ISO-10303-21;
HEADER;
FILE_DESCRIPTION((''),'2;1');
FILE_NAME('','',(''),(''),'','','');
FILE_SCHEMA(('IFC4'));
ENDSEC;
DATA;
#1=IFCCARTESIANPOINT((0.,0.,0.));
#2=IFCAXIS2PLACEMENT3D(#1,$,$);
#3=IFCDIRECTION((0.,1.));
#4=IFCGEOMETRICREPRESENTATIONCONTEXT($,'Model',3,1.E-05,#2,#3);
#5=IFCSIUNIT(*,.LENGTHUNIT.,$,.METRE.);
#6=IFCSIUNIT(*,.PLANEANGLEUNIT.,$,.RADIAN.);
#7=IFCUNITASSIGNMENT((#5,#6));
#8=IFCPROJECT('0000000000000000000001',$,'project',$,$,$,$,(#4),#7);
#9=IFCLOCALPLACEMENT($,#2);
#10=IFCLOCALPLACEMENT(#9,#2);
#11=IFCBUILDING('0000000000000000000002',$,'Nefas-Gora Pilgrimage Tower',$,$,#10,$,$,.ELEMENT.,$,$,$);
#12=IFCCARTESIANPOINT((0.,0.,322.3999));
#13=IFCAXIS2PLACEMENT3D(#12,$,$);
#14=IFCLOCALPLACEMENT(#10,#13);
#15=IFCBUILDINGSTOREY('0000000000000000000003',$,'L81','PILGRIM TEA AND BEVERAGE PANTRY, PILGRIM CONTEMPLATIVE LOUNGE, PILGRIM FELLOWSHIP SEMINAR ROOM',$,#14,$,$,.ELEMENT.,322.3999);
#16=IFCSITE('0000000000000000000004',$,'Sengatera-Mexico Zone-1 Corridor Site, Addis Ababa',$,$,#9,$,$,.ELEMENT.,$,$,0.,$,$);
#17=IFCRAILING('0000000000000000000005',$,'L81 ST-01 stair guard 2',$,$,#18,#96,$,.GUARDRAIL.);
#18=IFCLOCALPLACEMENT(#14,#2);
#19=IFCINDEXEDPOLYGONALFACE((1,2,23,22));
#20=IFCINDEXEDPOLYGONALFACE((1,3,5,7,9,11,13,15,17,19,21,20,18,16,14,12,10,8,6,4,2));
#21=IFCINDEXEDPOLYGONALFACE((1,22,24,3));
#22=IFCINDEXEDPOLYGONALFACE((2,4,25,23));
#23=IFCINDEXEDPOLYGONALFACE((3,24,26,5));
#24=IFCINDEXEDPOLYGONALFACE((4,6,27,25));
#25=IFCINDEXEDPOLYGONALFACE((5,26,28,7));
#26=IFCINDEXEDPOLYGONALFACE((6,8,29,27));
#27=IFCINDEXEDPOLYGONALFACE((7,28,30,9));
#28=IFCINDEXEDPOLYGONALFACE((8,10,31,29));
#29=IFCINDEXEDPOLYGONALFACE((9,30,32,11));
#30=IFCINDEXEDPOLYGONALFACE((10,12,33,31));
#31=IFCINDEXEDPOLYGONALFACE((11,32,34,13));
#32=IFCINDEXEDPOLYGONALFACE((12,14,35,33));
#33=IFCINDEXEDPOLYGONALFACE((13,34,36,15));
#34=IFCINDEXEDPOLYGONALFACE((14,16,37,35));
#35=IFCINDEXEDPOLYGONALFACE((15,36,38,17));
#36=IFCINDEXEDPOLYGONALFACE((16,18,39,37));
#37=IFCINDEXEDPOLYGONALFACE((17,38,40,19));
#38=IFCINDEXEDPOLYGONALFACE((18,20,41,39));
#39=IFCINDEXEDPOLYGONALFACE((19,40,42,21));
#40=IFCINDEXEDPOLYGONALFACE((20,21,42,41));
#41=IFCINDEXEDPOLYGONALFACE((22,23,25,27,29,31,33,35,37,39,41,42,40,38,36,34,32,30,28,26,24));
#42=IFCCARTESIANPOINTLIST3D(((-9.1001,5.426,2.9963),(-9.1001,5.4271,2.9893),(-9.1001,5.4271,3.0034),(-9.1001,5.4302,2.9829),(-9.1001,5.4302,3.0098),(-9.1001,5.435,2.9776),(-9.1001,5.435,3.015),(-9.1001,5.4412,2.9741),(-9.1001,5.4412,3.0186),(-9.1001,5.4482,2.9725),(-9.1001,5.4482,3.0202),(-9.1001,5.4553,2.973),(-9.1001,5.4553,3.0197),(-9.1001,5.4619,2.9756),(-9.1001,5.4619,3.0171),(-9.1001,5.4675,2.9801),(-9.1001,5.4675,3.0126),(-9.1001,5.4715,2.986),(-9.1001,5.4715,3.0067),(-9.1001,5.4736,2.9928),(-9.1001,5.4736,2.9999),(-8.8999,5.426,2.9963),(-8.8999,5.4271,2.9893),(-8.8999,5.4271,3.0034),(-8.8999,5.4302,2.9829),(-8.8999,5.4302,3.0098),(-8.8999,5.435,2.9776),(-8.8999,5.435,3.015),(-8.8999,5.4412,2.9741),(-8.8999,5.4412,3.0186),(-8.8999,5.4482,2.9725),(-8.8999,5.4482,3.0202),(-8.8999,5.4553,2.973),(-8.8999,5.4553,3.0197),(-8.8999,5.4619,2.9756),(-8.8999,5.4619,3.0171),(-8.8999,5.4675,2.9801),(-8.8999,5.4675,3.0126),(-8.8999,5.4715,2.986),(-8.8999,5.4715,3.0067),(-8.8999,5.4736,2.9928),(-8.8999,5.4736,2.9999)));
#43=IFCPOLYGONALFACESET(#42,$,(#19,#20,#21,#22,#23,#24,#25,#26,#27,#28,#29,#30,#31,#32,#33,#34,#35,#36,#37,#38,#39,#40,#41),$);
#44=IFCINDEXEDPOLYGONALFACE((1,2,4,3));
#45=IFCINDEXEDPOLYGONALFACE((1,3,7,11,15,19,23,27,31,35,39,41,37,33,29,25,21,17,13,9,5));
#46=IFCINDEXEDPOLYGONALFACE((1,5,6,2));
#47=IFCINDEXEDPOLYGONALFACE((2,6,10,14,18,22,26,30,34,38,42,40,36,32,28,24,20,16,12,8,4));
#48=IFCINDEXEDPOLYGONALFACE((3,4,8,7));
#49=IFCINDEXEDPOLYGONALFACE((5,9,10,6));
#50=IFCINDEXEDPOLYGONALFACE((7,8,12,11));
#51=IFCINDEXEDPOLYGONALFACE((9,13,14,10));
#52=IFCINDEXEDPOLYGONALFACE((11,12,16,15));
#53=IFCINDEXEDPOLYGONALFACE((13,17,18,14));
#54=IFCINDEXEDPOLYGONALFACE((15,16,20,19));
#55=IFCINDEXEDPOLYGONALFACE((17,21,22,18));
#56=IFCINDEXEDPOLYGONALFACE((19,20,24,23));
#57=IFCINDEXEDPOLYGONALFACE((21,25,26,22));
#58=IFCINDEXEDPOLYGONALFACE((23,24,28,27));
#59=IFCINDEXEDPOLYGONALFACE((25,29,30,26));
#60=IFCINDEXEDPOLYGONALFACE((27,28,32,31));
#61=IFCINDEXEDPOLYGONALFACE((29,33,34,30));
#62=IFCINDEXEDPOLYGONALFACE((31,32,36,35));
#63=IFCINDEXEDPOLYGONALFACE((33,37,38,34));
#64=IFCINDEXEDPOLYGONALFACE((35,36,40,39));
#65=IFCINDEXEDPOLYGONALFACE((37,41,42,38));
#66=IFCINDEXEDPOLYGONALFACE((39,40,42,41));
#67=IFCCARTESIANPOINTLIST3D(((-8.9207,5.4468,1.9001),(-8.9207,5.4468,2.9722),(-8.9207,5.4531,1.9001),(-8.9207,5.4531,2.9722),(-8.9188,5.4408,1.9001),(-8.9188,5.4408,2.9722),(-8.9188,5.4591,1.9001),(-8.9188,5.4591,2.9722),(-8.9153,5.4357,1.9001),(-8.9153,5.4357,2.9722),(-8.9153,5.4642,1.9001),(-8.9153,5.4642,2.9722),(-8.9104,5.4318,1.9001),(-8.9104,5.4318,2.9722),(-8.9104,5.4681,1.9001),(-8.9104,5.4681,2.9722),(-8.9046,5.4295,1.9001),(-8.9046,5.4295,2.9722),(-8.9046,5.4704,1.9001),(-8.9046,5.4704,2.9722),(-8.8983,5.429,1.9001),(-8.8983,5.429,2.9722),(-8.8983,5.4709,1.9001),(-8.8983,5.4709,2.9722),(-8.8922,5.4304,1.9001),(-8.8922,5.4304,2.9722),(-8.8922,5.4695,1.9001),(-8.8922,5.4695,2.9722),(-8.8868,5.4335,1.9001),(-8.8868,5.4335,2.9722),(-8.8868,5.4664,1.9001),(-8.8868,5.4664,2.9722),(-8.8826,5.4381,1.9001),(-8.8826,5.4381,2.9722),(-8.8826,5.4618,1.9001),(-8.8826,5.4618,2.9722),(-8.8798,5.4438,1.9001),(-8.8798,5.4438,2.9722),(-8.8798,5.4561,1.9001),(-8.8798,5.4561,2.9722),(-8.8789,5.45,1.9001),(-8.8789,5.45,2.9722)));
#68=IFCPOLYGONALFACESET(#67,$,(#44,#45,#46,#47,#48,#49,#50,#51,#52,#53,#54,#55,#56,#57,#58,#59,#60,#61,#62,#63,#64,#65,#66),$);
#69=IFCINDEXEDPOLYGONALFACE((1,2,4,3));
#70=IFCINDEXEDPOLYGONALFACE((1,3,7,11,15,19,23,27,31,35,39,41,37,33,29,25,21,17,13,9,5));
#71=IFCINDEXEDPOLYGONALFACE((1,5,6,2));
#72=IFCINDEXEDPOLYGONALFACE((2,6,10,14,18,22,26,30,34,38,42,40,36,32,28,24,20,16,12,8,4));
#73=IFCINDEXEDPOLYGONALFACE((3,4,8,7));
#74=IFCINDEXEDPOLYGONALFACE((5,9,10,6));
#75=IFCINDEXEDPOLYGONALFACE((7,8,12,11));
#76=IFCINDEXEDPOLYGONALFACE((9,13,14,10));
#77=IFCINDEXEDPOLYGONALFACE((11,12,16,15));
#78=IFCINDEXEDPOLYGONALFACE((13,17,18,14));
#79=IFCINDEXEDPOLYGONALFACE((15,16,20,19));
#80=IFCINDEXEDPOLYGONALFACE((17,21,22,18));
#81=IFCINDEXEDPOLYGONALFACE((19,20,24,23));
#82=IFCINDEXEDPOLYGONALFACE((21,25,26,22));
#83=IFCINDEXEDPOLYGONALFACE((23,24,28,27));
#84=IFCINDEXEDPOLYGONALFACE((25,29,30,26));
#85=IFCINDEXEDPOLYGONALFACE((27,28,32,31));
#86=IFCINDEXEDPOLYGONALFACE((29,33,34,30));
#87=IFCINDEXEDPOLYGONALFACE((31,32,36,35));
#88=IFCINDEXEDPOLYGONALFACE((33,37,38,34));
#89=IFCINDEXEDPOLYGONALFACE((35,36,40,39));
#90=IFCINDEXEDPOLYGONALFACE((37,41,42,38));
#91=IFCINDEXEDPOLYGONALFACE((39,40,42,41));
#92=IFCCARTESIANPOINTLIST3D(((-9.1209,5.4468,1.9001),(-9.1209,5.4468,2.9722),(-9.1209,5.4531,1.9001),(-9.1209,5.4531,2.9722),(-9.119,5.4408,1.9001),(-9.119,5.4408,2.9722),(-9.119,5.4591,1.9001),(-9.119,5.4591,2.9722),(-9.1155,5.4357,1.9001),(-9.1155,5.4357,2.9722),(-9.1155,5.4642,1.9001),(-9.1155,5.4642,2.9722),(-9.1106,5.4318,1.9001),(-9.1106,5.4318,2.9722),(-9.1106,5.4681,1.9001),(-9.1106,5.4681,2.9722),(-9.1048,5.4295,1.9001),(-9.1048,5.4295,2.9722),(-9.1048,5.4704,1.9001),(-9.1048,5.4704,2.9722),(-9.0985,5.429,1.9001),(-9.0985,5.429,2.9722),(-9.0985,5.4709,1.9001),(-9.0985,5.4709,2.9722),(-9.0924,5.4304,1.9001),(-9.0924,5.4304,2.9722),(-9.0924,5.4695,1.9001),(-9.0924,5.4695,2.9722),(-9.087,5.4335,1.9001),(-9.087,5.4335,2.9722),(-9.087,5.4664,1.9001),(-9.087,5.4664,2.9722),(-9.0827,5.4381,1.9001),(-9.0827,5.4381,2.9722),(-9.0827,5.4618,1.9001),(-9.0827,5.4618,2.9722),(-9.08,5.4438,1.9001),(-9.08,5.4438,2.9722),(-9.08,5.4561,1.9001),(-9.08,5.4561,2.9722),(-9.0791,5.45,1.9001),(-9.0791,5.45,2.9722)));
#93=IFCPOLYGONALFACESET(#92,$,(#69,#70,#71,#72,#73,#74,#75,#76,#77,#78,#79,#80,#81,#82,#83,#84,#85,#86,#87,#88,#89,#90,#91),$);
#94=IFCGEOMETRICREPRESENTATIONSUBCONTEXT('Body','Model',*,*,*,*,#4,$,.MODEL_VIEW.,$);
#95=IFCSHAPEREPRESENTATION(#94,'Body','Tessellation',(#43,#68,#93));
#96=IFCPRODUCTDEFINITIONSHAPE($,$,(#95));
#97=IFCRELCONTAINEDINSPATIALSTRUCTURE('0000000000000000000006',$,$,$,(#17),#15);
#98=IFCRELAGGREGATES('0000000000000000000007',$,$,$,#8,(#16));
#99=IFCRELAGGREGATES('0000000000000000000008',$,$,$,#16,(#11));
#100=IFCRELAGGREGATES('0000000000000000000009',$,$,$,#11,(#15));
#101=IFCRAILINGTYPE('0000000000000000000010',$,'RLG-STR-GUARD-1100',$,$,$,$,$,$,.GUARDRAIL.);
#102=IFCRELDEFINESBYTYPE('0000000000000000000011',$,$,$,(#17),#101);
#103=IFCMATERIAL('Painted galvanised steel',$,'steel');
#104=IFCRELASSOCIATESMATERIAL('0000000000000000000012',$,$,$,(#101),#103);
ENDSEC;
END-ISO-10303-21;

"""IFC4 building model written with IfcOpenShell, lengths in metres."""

from ifc_helpers import new_model, si_unit, direction, frame, origin, origin_2d, place, context, subcontext, project, spatial, circle, extrude, material, type_object, element, save


model = new_model("IFC4")

# Units and contexts
model_context = context("Model", 3, precision=1e-05, world=origin(), true_north=direction((0.0, 1.0)))
body_context = subcontext(model_context, "Body", "Model", "MODEL_VIEW")
ifc_project = project(units=[si_unit("LENGTHUNIT", "METRE"), si_unit("PLANEANGLEUNIT", "RADIAN")], contexts=[model_context])

# Site, building, storey
site_placement = place(None, origin())
site = spatial("IfcSite", under=ifc_project, at=site_placement, Name="Sengatera-Mexico Zone-1 Corridor Site, Addis Ababa", CompositionType="ELEMENT", RefElevation=0.0)
building_placement = place(site_placement, origin())
building = spatial("IfcBuilding", under=site, at=building_placement, Name="Nefas-Gora Pilgrimage Tower", CompositionType="ELEMENT")
storey_placement = place(building_placement, frame((0.0, 0.0, 322.3999)))
storey = spatial("IfcBuildingStorey", under=building, at=storey_placement, Name="L81", Description="PILGRIM TEA AND BEVERAGE PANTRY, PILGRIM CONTEMPLATIVE LOUNGE, PILGRIM FELLOWSHIP SEMINAR ROOM", CompositionType="ELEMENT", Elevation=322.3999)

# Railing
ifc_material_1 = material(Name="Painted galvanised steel", Category="steel")
railing_type_1 = type_object("IfcRailingType", Name="RLG-STR-GUARD-1100", PredefinedType="GUARDRAIL", material=ifc_material_1)
railing_1_placement = place(storey_placement, frame((-8.8999, 5.45, 1.9001)))
element("IfcRailing", 1, at=railing_1_placement, inside=storey, type_object=railing_type_1, Name="L81 ST-01 stair guard 2", PredefinedType="GUARDRAIL", context=body_context, shape_type="SweptSolid", body=[
    extrude(circle(Radius=0.0239, at=origin_2d()), frame((0.0, 0.0, 1.0962), z_axis=(-1.0, 0.0, 0.0), x_axis=(0.0, -1.0, 0.0)), (0.0, 0.0, 1.0), 0.2002),
    extrude(circle(Radius=0.021, at=origin_2d()), origin(), (0.0, 0.0, 1.0), 1.072),
    extrude(circle(Radius=0.021, at=origin_2d()), frame((-0.2002, 0.0, 0.0)), (0.0, 0.0, 1.0), 1.072),
])

save(model, "model.ifc")
